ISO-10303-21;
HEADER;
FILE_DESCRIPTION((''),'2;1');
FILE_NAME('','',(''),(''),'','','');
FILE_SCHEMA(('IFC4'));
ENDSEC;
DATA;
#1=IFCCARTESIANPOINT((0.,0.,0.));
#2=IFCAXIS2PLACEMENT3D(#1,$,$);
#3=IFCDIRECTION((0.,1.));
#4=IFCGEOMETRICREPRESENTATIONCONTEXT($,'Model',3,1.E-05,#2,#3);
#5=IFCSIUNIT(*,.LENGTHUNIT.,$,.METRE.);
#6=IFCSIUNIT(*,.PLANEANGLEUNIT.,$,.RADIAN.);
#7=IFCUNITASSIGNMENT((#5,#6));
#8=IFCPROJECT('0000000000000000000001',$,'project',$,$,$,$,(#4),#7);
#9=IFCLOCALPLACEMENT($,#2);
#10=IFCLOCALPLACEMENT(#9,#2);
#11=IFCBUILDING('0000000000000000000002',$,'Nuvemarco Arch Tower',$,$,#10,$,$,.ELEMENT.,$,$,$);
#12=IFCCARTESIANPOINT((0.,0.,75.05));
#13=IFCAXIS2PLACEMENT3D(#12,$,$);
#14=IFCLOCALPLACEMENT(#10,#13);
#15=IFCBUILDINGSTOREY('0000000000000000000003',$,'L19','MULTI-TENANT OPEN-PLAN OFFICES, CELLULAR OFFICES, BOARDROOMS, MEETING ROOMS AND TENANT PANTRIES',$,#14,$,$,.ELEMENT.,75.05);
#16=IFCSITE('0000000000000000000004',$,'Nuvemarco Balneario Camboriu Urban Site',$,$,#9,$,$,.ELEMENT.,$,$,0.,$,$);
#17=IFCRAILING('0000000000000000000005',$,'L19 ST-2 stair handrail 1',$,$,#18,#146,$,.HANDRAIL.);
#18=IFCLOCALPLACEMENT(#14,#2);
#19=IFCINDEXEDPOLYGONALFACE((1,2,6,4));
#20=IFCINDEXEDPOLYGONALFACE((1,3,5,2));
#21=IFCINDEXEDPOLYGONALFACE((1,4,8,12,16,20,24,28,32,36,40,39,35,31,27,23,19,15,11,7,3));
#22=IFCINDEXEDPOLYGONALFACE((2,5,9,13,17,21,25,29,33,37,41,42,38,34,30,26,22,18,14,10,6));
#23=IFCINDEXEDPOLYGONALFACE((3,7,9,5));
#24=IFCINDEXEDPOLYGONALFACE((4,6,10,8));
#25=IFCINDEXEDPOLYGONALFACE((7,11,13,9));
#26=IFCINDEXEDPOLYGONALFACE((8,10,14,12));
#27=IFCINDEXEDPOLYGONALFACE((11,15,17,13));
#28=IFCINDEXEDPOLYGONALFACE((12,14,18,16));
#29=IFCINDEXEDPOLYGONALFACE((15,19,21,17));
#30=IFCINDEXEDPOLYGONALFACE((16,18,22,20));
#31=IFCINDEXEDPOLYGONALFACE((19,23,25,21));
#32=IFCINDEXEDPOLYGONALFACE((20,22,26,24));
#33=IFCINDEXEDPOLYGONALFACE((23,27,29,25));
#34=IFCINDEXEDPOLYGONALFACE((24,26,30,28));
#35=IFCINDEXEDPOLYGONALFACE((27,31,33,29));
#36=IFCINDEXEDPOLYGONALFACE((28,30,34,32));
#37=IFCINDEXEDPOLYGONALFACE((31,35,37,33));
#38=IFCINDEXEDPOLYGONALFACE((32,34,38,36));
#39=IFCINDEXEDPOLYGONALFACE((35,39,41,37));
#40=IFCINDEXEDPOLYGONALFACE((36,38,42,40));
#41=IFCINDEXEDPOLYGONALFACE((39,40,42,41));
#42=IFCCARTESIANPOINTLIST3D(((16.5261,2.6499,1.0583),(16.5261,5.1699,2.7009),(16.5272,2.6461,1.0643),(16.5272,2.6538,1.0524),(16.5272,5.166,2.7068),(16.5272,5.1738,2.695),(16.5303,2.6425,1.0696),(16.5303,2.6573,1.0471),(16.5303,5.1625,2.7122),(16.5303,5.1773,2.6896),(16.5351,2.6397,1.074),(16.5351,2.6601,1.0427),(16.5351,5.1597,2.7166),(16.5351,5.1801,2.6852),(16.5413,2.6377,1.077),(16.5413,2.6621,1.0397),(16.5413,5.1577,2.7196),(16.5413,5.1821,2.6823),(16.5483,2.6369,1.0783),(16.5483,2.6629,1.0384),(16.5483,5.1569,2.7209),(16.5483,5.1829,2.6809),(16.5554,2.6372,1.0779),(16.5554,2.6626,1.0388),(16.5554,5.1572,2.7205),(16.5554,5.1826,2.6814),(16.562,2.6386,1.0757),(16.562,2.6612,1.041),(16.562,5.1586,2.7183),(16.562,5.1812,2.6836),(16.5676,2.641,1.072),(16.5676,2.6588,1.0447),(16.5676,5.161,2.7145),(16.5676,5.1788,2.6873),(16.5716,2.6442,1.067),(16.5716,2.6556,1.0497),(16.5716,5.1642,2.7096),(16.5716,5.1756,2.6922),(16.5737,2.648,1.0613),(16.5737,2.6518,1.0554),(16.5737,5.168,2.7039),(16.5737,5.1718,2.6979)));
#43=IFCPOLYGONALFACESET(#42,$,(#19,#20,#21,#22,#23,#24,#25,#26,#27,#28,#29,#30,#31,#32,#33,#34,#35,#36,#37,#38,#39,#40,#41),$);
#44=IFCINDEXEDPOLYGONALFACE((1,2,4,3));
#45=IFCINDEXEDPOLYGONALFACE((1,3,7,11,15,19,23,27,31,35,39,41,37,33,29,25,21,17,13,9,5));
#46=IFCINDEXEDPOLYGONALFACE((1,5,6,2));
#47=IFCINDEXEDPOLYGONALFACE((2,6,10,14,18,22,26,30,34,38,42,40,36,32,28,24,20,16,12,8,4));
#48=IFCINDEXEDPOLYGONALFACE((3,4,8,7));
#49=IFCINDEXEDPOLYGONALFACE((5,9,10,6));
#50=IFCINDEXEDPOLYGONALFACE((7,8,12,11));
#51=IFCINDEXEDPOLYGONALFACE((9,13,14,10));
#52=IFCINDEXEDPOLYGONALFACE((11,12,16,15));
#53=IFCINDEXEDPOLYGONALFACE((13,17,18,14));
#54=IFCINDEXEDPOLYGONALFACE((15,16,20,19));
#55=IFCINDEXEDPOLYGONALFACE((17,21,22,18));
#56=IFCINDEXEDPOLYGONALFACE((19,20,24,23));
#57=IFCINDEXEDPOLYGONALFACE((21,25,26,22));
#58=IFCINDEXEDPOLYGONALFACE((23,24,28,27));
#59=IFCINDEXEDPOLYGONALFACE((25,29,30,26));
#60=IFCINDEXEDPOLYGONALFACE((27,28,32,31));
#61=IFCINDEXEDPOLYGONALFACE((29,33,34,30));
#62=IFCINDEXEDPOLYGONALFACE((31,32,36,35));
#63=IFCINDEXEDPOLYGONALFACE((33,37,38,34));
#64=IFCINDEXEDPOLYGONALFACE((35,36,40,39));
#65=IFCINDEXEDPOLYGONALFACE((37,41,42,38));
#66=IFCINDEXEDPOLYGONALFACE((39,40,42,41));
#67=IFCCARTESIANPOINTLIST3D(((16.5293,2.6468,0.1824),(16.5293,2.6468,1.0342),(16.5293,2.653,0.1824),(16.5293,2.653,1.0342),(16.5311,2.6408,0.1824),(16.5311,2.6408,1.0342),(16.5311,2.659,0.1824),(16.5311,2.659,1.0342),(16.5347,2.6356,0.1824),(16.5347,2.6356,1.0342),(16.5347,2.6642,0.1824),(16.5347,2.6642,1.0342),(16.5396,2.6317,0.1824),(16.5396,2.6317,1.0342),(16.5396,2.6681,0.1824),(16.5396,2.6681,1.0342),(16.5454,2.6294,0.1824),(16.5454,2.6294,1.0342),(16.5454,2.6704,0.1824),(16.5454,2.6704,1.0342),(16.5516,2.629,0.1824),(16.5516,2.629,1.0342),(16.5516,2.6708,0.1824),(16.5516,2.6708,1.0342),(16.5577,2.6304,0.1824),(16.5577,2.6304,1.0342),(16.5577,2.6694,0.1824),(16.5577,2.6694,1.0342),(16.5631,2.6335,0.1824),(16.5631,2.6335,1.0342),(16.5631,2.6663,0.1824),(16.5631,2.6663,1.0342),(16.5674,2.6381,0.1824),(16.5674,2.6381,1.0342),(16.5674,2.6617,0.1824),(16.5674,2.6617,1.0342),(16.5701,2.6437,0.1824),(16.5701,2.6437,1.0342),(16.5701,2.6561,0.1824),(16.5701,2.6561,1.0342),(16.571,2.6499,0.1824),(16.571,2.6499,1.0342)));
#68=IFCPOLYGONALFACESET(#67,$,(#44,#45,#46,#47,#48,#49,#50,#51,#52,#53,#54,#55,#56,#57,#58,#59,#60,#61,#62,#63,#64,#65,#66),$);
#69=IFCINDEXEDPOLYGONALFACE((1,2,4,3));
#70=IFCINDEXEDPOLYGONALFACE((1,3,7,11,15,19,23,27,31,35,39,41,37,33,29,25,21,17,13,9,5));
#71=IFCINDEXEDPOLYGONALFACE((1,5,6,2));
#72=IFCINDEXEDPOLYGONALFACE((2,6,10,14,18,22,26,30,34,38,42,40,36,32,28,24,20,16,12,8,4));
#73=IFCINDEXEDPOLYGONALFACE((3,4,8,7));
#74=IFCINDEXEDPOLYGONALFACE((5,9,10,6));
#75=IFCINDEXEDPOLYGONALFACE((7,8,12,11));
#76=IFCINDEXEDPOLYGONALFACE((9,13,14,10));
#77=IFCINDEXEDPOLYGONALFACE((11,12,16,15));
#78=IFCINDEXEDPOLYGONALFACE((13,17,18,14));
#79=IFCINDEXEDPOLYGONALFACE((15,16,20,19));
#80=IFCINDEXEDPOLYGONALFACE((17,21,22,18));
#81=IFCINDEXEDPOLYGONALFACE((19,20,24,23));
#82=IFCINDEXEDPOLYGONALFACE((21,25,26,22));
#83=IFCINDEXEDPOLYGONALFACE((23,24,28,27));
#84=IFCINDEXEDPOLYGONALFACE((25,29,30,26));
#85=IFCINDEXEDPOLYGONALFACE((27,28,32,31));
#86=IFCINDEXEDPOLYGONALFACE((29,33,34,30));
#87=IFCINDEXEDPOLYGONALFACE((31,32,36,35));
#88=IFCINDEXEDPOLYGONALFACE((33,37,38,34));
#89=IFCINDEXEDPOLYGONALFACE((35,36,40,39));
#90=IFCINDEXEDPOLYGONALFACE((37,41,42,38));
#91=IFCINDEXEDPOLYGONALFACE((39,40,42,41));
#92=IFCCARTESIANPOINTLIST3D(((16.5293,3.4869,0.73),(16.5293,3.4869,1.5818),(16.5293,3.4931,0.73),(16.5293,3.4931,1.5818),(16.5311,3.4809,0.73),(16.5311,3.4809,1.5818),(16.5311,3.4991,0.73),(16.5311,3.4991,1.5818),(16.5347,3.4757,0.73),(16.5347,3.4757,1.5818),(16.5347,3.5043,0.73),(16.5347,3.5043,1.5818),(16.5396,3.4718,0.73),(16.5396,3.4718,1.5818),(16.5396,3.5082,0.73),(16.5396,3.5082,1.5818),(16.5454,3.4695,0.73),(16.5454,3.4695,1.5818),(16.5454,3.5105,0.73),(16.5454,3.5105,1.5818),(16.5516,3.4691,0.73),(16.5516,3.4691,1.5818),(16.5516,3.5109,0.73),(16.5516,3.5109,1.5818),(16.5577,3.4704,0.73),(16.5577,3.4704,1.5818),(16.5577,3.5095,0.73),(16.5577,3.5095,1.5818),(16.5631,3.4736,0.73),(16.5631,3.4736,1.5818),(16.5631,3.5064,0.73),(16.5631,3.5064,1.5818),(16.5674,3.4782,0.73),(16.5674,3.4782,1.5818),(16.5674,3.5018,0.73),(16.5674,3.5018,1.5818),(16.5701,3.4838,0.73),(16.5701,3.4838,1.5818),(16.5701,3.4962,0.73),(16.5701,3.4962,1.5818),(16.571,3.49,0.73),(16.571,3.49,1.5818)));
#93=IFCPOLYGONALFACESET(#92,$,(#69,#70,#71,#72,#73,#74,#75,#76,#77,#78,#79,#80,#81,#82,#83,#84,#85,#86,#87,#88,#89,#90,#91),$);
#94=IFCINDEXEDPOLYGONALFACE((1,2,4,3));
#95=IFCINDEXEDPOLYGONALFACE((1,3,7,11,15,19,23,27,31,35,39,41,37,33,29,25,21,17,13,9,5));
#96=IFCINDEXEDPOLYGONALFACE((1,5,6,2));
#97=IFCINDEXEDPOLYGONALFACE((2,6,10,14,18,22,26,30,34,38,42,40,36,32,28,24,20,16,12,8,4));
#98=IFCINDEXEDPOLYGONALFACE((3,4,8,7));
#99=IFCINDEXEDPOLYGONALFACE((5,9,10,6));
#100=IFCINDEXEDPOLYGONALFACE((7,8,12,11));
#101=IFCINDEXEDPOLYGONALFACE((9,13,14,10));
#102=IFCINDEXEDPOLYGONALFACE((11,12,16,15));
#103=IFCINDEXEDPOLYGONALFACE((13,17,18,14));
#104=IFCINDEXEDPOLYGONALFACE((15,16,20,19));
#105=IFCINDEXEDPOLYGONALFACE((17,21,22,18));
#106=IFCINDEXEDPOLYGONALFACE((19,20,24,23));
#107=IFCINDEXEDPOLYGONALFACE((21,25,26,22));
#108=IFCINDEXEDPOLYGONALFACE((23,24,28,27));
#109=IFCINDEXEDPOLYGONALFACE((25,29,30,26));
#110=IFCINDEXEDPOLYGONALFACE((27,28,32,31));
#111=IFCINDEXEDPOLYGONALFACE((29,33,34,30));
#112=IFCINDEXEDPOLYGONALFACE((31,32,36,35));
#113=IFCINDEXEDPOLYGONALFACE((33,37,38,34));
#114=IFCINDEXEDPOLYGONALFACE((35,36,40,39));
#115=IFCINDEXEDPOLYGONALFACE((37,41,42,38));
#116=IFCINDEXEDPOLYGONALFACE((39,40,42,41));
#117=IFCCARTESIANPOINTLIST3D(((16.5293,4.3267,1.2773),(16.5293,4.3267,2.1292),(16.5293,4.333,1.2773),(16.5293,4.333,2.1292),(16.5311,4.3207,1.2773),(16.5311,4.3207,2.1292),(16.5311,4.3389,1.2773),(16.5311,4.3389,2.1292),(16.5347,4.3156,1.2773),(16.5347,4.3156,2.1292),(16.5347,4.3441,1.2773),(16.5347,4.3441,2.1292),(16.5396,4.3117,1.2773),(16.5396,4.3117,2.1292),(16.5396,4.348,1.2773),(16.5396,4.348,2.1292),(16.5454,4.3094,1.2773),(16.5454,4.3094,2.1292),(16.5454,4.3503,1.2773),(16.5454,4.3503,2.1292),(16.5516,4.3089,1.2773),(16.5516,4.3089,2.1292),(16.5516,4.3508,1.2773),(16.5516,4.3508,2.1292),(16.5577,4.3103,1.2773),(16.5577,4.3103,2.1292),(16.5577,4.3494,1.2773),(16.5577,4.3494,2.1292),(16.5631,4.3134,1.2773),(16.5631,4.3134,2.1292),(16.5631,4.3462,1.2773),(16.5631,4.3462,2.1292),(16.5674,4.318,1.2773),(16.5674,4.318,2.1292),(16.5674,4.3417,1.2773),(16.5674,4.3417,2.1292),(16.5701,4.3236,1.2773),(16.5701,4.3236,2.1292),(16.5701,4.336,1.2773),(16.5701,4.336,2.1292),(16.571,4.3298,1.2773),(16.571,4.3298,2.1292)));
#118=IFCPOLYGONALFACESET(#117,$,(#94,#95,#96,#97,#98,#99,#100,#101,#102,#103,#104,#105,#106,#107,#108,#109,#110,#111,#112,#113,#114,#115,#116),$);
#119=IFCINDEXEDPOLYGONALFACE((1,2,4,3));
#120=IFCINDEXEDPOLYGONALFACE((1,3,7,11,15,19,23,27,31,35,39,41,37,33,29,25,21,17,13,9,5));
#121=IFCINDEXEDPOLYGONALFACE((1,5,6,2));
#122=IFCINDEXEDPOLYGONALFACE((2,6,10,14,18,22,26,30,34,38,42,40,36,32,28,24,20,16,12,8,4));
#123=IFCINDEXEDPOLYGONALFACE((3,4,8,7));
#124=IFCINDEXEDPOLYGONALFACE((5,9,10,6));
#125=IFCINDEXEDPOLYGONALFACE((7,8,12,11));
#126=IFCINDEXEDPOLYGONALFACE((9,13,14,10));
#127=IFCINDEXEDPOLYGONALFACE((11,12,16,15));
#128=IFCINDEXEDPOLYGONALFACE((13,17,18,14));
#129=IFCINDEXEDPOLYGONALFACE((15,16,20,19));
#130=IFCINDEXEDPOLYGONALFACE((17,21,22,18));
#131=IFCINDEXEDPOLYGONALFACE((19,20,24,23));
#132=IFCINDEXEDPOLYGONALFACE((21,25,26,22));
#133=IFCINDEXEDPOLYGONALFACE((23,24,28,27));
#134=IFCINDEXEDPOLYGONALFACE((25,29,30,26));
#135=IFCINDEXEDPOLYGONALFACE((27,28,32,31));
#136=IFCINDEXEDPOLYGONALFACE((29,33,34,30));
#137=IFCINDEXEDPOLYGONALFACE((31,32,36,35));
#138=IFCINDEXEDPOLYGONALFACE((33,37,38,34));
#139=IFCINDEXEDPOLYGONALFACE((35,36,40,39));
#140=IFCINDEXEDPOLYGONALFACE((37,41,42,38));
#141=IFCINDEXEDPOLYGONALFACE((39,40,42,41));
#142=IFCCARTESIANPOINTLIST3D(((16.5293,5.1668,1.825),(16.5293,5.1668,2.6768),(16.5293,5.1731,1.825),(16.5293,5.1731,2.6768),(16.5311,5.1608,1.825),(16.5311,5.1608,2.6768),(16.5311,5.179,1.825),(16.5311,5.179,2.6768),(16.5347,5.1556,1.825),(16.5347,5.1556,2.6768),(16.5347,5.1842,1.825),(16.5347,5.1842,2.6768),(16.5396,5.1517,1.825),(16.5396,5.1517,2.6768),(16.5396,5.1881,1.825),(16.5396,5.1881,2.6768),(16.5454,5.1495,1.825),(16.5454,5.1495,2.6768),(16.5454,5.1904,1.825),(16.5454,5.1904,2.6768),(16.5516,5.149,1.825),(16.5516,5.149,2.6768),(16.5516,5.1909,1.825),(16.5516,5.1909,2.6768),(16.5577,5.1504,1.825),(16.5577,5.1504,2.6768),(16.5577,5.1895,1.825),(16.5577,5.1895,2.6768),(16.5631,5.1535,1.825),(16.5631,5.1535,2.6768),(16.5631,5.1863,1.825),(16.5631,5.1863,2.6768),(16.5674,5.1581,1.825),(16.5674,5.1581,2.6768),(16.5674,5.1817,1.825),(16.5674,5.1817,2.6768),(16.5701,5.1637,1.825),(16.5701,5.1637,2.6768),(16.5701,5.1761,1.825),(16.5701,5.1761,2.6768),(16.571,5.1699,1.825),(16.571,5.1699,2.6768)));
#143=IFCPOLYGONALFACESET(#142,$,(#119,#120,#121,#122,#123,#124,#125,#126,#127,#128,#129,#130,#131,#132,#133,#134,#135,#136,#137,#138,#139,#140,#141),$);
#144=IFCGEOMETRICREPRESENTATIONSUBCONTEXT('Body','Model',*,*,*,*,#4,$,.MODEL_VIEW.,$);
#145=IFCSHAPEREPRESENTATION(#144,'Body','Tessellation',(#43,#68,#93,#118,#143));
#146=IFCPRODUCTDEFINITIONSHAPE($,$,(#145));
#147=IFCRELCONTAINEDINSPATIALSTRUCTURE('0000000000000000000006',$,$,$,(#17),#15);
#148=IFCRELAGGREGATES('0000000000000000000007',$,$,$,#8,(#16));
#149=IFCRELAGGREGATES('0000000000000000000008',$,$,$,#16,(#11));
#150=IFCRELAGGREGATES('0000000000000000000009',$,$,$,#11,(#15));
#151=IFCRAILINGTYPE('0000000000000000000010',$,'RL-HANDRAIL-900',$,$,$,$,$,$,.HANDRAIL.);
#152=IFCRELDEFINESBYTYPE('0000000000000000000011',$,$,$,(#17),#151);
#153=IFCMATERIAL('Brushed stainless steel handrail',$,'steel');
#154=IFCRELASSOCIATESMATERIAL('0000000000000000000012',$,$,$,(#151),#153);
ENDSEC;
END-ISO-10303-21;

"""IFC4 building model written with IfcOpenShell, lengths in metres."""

from ifc_helpers import new_model, si_unit, direction, frame, origin, origin_2d, place, context, subcontext, project, spatial, circle, extrude, material, type_object, element, save


model = new_model("IFC4")

# Units and contexts
model_context = context("Model", 3, precision=1e-05, world=origin(), true_north=direction((0.0, 1.0)))
body_context = subcontext(model_context, "Body", "Model", "MODEL_VIEW")
ifc_project = project(units=[si_unit("LENGTHUNIT", "METRE"), si_unit("PLANEANGLEUNIT", "RADIAN")], contexts=[model_context])

# Site, building, storey
site_placement = place(None, origin())
site = spatial("IfcSite", under=ifc_project, at=site_placement, Name="Nuvemarco Balneario Camboriu Urban Site", CompositionType="ELEMENT", RefElevation=0.0)
building_placement = place(site_placement, origin())
building = spatial("IfcBuilding", under=site, at=building_placement, Name="Nuvemarco Arch Tower", CompositionType="ELEMENT")
storey_placement = place(building_placement, frame((0.0, 0.0, 75.05)))
storey = spatial("IfcBuildingStorey", under=building, at=storey_placement, Name="L19", Description="MULTI-TENANT OPEN-PLAN OFFICES, CELLULAR OFFICES, BOARDROOMS, MEETING ROOMS AND TENANT PANTRIES", CompositionType="ELEMENT", Elevation=75.05)

# Railing
ifc_material_1 = material(Name="Brushed stainless steel handrail", Category="steel")
railing_type_1 = type_object("IfcRailingType", Name="RL-HANDRAIL-900", PredefinedType="HANDRAIL", material=ifc_material_1)
railing_1_placement = place(storey_placement, frame((16.55, 2.6499, 0.1824)))
element("IfcRailing", 1, at=railing_1_placement, inside=storey, type_object=railing_type_1, Name="L19 ST-2 stair handrail 1", PredefinedType="HANDRAIL", context=body_context, shape_type="SweptSolid", body=[
    extrude(circle(Radius=0.0239, at=origin_2d()), frame((0.0, 0.0, 0.876), z_axis=(0.0, 0.837749, 0.546055), x_axis=(-1.0, 0.0, 0.0)), (0.0, 0.0, 1.0), 3.0081),
    extrude(circle(Radius=0.021, at=origin_2d()), origin(), (0.0, 0.0, 1.0), 0.8518),
    extrude(circle(Radius=0.021, at=origin_2d()), frame((0.0, 0.8401, 0.5476)), (0.0, 0.0, 1.0), 0.8518),
    extrude(circle(Radius=0.021, at=origin_2d()), frame((0.0, 1.6799, 1.095)), (0.0, 0.0, 1.0), 0.8518),
    extrude(circle(Radius=0.021, at=origin_2d()), frame((0.0, 2.52, 1.6426)), (0.0, 0.0, 1.0), 0.8518),
])

save(model, "model.ifc")
